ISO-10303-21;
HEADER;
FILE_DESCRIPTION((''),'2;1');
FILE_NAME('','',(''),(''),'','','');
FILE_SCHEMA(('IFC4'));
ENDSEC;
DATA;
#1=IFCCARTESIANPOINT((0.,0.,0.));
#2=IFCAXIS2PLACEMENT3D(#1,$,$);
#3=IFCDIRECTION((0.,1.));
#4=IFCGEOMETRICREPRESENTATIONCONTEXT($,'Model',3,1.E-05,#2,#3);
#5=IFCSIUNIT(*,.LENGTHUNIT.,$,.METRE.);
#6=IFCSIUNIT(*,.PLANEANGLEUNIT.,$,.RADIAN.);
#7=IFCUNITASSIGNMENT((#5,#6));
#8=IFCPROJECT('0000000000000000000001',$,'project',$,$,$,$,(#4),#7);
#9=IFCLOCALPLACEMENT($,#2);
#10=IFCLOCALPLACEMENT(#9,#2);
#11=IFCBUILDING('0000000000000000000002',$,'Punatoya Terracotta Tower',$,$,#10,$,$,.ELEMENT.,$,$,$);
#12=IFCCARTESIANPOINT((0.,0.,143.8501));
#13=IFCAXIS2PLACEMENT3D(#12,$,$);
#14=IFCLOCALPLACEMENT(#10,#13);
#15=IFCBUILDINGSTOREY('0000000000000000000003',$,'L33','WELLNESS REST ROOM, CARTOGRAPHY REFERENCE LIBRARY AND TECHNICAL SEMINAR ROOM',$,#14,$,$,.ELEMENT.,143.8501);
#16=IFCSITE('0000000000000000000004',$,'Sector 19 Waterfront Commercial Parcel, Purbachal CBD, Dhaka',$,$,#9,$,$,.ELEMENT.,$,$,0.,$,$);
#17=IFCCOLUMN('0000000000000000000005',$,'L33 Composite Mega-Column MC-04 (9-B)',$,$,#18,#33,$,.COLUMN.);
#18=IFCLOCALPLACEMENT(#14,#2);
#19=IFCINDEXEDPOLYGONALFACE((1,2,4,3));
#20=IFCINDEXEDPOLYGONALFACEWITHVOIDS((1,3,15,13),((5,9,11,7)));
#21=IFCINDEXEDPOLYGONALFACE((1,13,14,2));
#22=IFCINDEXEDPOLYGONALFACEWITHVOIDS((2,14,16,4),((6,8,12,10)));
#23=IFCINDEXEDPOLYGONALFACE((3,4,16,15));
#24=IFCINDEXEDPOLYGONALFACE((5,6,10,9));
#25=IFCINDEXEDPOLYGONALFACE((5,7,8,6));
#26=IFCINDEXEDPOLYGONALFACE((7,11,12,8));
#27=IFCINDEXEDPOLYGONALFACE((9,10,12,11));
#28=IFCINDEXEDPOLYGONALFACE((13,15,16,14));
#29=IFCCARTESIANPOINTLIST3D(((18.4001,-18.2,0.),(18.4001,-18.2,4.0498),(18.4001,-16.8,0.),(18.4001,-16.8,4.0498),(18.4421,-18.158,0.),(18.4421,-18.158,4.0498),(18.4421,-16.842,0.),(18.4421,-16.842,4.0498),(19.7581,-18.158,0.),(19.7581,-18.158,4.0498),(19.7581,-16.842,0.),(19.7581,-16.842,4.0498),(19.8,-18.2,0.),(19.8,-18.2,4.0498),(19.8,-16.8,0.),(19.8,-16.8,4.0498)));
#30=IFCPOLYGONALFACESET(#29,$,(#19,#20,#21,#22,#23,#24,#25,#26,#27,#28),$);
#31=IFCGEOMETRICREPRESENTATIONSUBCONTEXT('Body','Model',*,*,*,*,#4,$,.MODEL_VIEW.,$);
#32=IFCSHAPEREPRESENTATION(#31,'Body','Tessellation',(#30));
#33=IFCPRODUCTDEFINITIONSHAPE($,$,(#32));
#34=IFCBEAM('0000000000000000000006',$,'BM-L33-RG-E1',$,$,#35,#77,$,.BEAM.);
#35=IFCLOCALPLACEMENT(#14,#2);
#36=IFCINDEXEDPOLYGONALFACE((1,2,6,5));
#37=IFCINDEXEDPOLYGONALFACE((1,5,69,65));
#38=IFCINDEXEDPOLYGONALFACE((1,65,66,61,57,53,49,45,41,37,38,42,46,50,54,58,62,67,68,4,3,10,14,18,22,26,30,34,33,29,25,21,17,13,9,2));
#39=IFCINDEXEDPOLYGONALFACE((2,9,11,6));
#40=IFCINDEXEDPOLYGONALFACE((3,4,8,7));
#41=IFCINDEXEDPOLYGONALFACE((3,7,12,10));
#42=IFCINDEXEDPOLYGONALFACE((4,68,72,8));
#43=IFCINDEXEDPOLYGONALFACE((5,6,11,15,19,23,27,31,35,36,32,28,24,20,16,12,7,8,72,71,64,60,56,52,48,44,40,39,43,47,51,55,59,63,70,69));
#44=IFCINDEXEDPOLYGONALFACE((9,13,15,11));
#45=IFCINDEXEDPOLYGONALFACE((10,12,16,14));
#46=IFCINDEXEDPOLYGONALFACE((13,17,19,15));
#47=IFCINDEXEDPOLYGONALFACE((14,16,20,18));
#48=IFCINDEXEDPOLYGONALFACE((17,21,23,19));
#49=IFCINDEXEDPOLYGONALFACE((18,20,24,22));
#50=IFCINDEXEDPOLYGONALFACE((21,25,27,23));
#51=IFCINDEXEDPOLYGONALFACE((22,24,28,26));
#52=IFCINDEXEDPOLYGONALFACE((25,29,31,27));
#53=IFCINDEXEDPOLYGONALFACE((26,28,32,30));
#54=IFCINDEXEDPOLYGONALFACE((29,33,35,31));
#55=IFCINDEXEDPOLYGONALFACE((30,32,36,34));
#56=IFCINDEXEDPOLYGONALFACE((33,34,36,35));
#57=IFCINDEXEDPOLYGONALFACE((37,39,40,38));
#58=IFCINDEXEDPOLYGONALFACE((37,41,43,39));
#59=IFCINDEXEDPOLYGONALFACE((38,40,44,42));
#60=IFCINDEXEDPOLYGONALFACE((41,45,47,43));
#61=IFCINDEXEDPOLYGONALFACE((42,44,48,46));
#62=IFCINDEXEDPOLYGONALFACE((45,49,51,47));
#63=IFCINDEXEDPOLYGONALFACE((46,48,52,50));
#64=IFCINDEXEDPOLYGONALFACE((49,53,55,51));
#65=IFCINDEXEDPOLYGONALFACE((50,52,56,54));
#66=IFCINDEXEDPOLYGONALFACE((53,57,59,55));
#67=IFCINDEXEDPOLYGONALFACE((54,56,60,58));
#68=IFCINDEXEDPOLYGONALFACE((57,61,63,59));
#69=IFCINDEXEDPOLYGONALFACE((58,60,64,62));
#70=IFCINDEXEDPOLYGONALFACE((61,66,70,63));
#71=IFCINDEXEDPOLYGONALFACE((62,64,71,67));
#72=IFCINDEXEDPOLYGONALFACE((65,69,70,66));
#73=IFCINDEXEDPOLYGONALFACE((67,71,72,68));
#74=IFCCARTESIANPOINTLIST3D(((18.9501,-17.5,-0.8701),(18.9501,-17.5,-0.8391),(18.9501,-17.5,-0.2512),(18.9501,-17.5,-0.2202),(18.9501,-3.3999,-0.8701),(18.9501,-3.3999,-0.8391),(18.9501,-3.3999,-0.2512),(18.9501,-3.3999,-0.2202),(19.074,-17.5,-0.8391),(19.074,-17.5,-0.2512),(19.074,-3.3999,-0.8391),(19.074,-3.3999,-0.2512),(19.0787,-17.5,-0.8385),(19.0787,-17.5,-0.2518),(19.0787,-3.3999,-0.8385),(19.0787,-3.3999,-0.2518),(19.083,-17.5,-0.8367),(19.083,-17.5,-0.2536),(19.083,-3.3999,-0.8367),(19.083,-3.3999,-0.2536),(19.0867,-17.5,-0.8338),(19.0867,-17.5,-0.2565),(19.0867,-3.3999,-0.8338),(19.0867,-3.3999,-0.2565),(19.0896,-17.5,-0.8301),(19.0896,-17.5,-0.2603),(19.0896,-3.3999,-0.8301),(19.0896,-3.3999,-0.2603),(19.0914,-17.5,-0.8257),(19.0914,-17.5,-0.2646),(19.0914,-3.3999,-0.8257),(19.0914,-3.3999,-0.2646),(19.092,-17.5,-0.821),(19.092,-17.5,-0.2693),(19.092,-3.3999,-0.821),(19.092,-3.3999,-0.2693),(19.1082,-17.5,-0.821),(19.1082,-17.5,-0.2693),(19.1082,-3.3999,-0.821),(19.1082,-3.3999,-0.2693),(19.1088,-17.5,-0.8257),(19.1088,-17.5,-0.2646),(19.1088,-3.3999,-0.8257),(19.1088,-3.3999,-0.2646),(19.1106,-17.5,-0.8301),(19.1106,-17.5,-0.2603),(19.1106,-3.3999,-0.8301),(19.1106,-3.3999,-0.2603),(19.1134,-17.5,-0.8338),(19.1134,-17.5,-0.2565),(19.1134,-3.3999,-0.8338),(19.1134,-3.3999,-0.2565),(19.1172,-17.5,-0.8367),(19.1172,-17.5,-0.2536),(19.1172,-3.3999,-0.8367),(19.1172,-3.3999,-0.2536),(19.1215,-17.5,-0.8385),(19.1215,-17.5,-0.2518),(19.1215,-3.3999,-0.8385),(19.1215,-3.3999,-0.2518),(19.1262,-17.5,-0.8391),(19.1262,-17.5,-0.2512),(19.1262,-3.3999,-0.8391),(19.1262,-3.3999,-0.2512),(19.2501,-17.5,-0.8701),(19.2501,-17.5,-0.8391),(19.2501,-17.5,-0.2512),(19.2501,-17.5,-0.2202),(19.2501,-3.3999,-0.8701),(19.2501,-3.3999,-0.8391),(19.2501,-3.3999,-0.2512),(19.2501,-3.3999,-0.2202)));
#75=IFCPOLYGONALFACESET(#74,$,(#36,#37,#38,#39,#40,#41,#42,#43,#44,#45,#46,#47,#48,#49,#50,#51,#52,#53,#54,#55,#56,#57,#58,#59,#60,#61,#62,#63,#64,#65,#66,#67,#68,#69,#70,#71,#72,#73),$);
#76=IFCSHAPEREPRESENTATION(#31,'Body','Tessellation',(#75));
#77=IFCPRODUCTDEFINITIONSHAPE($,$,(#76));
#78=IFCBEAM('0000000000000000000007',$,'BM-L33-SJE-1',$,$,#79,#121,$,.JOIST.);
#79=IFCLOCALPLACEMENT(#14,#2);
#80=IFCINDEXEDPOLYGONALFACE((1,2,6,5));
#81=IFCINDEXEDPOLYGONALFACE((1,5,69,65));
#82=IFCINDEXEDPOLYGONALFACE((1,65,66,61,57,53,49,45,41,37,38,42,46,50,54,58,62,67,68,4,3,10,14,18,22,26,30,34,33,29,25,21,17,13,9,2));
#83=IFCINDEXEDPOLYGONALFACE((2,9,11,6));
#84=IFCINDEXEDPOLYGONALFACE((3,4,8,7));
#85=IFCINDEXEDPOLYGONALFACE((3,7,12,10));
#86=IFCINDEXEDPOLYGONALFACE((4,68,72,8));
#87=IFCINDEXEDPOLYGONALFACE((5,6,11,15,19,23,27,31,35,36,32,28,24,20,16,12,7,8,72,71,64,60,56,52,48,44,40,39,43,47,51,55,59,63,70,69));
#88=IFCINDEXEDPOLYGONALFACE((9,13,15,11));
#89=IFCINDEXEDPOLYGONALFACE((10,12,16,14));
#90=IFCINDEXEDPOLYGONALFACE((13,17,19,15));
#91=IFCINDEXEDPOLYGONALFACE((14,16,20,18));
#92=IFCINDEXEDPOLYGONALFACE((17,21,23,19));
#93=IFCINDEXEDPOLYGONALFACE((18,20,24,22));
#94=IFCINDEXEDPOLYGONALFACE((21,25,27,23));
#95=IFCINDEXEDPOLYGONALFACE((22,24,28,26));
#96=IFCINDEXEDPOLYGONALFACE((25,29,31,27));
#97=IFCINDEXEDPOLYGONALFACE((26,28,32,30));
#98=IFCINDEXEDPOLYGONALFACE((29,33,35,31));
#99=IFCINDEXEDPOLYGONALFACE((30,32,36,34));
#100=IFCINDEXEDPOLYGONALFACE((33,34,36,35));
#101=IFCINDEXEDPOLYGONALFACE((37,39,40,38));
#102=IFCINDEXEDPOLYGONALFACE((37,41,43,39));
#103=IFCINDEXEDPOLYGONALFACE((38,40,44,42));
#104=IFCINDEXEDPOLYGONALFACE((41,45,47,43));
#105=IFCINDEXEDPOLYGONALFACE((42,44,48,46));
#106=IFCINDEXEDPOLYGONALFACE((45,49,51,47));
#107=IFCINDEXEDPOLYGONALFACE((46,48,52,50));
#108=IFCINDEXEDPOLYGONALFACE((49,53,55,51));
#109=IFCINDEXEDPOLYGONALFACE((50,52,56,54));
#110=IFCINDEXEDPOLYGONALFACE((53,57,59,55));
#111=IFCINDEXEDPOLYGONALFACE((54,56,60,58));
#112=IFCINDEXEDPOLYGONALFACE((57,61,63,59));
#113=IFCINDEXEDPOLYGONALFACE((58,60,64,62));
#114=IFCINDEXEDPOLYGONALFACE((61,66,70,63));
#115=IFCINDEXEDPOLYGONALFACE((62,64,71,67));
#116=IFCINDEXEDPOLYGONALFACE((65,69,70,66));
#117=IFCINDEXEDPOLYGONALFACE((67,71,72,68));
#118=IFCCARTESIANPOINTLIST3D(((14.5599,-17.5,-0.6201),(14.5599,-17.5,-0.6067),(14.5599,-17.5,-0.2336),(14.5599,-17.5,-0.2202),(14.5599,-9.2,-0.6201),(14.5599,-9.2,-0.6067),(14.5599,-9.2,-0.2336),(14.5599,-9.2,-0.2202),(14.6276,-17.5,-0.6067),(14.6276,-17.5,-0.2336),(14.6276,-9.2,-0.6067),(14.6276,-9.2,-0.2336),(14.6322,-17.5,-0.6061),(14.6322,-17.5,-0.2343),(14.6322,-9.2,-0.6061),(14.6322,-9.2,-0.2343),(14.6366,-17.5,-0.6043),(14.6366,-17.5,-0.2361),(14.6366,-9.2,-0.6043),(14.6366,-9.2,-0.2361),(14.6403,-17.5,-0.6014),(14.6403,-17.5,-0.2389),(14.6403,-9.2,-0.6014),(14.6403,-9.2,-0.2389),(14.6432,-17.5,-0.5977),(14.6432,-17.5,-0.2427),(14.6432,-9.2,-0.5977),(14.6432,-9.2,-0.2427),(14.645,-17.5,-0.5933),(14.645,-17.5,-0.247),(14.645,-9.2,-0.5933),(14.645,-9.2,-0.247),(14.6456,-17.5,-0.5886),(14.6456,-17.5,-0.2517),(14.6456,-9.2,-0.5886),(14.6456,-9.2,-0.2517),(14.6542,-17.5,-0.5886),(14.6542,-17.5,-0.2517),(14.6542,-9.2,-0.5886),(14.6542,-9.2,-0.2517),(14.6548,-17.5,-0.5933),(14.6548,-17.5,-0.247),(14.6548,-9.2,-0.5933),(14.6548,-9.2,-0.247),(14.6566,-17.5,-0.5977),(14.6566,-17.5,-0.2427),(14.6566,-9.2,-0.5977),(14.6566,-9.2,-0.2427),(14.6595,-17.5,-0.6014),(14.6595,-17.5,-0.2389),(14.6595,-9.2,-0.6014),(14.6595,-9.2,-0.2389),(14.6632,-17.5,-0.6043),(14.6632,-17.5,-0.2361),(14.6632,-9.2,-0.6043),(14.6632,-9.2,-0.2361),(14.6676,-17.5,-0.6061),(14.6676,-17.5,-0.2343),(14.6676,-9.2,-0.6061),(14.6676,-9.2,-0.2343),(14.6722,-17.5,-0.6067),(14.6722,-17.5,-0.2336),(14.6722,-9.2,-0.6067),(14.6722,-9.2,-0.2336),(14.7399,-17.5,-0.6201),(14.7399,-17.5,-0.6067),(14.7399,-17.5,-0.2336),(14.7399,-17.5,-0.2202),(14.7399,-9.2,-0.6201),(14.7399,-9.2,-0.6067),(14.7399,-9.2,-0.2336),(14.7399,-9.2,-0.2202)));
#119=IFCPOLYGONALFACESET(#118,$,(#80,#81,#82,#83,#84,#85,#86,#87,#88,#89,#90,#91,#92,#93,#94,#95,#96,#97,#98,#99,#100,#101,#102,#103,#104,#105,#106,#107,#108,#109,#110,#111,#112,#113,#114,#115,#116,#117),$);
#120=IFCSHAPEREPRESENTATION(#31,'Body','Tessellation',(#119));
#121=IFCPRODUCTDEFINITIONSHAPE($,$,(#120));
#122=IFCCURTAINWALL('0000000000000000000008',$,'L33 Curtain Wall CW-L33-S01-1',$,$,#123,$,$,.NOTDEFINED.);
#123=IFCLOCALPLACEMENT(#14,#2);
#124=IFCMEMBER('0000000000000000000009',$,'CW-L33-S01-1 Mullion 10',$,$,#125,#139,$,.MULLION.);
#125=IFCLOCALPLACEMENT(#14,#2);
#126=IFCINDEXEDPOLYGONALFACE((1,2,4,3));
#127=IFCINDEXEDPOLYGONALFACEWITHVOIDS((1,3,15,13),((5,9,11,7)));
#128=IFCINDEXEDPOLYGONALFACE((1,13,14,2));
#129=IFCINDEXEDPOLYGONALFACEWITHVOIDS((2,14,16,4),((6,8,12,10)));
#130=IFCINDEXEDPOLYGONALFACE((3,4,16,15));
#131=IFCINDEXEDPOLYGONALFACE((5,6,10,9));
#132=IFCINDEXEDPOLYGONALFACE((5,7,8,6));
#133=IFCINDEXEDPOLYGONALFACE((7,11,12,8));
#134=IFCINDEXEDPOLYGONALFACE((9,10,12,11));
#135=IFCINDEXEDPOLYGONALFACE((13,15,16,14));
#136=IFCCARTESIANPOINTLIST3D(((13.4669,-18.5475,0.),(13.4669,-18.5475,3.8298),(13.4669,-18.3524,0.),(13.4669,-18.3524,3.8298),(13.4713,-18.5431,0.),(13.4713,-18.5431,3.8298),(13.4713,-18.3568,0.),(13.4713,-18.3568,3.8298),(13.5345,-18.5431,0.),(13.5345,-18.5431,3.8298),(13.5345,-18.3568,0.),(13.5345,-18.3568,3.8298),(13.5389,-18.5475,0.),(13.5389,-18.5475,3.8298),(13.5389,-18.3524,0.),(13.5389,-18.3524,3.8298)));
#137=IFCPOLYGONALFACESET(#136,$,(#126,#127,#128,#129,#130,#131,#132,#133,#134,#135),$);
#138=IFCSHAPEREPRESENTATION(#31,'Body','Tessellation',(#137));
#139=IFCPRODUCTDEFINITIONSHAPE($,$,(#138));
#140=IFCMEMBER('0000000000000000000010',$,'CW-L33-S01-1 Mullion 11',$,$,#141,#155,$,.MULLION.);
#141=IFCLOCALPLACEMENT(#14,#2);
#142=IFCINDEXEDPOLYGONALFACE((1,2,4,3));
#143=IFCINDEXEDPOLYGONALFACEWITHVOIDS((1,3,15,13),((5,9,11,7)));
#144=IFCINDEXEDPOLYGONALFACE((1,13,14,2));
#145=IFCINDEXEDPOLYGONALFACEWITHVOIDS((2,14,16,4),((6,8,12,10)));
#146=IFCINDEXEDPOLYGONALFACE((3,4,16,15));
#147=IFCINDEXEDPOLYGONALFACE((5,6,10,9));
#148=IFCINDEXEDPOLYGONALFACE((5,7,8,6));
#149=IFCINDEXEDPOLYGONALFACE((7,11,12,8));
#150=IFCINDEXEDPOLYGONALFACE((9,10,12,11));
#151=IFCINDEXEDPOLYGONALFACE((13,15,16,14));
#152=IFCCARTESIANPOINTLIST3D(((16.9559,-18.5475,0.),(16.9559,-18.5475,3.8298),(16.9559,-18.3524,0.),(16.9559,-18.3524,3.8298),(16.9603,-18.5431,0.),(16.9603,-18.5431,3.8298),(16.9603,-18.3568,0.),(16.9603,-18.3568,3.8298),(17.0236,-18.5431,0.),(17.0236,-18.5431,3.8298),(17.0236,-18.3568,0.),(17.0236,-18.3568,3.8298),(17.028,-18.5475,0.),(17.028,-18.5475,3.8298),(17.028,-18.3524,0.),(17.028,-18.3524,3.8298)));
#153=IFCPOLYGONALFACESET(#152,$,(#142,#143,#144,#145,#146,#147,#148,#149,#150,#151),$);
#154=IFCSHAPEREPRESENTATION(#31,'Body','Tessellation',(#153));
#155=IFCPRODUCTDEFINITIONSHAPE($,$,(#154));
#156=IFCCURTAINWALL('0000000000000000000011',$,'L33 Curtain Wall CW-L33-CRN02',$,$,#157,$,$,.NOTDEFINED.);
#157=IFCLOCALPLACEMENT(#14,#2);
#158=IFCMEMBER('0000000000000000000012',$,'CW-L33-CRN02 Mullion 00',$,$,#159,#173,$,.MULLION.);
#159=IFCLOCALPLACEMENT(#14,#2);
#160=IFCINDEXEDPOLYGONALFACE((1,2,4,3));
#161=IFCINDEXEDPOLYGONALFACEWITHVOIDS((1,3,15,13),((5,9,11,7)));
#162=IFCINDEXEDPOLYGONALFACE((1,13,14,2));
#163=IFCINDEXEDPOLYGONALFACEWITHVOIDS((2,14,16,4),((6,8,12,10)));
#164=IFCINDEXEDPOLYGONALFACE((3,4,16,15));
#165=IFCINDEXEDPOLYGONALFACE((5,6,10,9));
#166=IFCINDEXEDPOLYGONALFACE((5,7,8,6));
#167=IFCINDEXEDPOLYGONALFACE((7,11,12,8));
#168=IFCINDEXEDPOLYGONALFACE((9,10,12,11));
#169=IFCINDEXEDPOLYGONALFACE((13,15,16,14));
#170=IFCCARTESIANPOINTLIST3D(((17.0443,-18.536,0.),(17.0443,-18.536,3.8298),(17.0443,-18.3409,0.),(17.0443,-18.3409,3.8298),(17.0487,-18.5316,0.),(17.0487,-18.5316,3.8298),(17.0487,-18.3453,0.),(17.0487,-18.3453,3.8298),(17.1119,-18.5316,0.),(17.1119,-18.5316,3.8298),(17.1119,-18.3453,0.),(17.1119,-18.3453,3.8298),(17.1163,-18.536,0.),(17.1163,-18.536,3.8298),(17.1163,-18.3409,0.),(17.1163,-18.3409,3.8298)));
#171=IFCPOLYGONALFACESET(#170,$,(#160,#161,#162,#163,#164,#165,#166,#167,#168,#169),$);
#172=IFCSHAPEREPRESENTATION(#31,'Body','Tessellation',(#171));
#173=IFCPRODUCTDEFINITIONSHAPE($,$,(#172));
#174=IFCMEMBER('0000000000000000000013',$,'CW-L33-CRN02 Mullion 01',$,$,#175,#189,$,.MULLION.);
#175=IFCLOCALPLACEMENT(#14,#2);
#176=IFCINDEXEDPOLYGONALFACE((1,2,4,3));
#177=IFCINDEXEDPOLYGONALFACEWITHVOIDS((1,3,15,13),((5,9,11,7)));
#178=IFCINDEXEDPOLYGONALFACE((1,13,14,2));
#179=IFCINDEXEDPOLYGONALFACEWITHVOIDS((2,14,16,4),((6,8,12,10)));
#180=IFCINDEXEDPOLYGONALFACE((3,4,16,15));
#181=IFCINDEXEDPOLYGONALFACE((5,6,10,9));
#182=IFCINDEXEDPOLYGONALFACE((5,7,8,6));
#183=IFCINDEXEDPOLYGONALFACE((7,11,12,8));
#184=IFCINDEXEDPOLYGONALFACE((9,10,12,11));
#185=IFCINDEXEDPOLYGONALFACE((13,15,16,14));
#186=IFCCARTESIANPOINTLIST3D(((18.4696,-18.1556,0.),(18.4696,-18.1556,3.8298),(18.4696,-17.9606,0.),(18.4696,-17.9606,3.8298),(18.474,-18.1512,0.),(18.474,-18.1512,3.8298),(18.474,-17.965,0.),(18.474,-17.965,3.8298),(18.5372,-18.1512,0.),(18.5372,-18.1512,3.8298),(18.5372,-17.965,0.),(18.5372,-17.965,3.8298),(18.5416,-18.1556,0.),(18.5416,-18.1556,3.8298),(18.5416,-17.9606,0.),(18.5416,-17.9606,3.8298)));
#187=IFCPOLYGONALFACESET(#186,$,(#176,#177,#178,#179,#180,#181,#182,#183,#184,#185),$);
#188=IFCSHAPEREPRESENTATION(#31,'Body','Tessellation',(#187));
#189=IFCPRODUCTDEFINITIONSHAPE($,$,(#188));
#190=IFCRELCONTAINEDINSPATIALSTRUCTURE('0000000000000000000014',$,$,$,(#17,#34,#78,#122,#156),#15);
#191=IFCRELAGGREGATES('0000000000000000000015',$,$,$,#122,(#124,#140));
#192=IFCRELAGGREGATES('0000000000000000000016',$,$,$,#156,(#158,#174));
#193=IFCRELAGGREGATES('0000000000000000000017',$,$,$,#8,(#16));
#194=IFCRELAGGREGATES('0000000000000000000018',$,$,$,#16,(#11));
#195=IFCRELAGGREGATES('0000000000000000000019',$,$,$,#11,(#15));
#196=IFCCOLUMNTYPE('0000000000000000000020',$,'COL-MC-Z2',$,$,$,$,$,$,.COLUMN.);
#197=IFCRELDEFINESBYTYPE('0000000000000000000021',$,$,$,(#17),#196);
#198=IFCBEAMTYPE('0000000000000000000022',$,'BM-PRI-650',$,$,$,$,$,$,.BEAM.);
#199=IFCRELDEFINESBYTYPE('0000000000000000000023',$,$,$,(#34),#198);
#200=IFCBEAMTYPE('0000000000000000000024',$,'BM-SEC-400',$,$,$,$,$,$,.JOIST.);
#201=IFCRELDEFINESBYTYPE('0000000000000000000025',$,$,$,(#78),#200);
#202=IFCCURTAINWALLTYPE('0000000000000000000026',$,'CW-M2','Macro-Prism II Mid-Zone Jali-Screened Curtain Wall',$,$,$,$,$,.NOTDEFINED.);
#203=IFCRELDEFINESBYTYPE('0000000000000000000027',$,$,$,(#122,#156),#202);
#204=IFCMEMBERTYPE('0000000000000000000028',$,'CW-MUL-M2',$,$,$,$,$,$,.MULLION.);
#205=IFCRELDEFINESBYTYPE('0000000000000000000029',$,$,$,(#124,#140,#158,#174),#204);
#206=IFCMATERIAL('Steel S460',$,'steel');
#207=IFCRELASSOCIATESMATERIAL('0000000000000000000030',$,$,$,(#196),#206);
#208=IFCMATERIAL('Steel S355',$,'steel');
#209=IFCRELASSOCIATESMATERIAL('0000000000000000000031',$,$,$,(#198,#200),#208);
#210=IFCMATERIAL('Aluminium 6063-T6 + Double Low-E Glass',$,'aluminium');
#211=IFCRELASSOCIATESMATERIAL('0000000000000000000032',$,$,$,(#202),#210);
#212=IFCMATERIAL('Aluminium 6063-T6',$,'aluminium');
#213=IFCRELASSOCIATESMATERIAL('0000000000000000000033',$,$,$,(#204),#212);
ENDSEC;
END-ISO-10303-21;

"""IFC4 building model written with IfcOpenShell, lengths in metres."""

from ifc_helpers import new_model, si_unit, direction, frame, origin, origin_2d, place, context, subcontext, project, spatial, hollow_rectangle, i_section, extrude, material, material_profile, profile_set, type_object, element, aggregate, save


model = new_model("IFC4")

# Units and contexts
model_context = context("Model", 3, precision=1e-05, world=origin(), true_north=direction((0.0, 1.0)))
body_context = subcontext(model_context, "Body", "Model", "MODEL_VIEW")
ifc_project = project(units=[si_unit("LENGTHUNIT", "METRE"), si_unit("PLANEANGLEUNIT", "RADIAN")], contexts=[model_context])

# Site, building, storey
site_placement = place(None, origin())
site = spatial("IfcSite", under=ifc_project, at=site_placement, Name="Sector 19 Waterfront Commercial Parcel, Purbachal CBD, Dhaka", CompositionType="ELEMENT", RefElevation=0.0)
building_placement = place(site_placement, origin())
building = spatial("IfcBuilding", under=site, at=building_placement, Name="Punatoya Terracotta Tower", CompositionType="ELEMENT")
storey_placement = place(building_placement, frame((0.0, 0.0, 143.8501)))
storey = spatial("IfcBuildingStorey", under=building, at=storey_placement, Name="L33", Description="WELLNESS REST ROOM, CARTOGRAPHY REFERENCE LIBRARY AND TECHNICAL SEMINAR ROOM", CompositionType="ELEMENT", Elevation=143.8501)

# Column
ifc_material_1 = material(Name="Steel S460", Category="steel")
ifc_material_profile_1 = material_profile(ifc_material_1, hollow_rectangle(XDim=1.3999, YDim=1.3999, WallThickness=0.042, at=origin_2d()))
ifc_profile_set_1 = profile_set([ifc_material_profile_1], Name="Steel S460")
column_type = type_object("IfcColumnType", Name="COL-MC-Z2", PredefinedType="COLUMN", material=ifc_profile_set_1)
column_placement = place(storey_placement, frame((19.1001, -17.5, 0.0), z_axis=(0.0, 0.0, 1.0), x_axis=(1.0, 0.0, 0.0)))
element("IfcColumn", 1, at=column_placement, inside=storey, type_object=column_type, Name="L33 Composite Mega-Column MC-04 (9-B)", PredefinedType="COLUMN", context=body_context, shape_type="SweptSolid", body=[
    extrude(hollow_rectangle(XDim=1.3999, YDim=1.3999, WallThickness=0.042, at=origin_2d()), origin(), (0.0, 0.0, 1.0), 4.0498),
])

# Beams
ifc_material_2 = material(Name="Steel S355", Category="steel")
ifc_material_profile_2 = material_profile(ifc_material_2, i_section(OverallWidth=0.3, OverallDepth=0.6499, WebThickness=0.0161, FlangeThickness=0.031, FilletRadius=0.0181, at=origin_2d()))
ifc_profile_set_2 = profile_set([ifc_material_profile_2], Name="Steel S355")
beam_type_1 = type_object("IfcBeamType", Name="BM-PRI-650", PredefinedType="BEAM", material=ifc_profile_set_2)
beam_1_placement = place(storey_placement, frame((19.1001, -17.5, -0.5452), z_axis=(0.0, 1.0, 0.0), x_axis=(-1.0, 0.0, 0.0)))
element("IfcBeam", 2, at=beam_1_placement, inside=storey, type_object=beam_type_1, Name="BM-L33-RG-E1", PredefinedType="BEAM", context=body_context, shape_type="SweptSolid", body=[
    extrude(i_section(OverallWidth=0.3, OverallDepth=0.6499, WebThickness=0.0161, FlangeThickness=0.031, FilletRadius=0.0181, at=origin_2d()), origin(), (0.0, 0.0, 1.0), 14.1001),
])
ifc_material_profile_3 = material_profile(ifc_material_2, i_section(OverallWidth=0.1799, OverallDepth=0.3999, WebThickness=0.0085, FlangeThickness=0.0134, FilletRadius=0.0181, at=origin_2d()))
ifc_profile_set_3 = profile_set([ifc_material_profile_3], Name="Steel S355")
beam_type_2 = type_object("IfcBeamType", Name="BM-SEC-400", PredefinedType="JOIST", material=ifc_profile_set_3)
beam_2_placement = place(storey_placement, frame((14.6499, -17.5, -0.4202), z_axis=(0.0, 1.0, 0.0), x_axis=(-1.0, 0.0, 0.0)))
element("IfcBeam", 3, at=beam_2_placement, inside=storey, type_object=beam_type_2, Name="BM-L33-SJE-1", PredefinedType="JOIST", context=body_context, shape_type="SweptSolid", body=[
    extrude(i_section(OverallWidth=0.1799, OverallDepth=0.3999, WebThickness=0.0085, FlangeThickness=0.0134, FilletRadius=0.0181, at=origin_2d()), origin(), (0.0, 0.0, 1.0), 8.3),
])

# Curtain walls, members
ifc_material_3 = material(Name="Aluminium 6063-T6 + Double Low-E Glass", Category="aluminium")
curtain_wall_type = type_object("IfcCurtainWallType", Name="CW-M2", Description="Macro-Prism II Mid-Zone Jali-Screened Curtain Wall", PredefinedType="NOTDEFINED", material=ifc_material_3)
curtain_wall_1_placement = place(storey_placement, origin())
curtain_wall_1 = element("IfcCurtainWall", 4, at=curtain_wall_1_placement, inside=storey, type_object=curtain_wall_type, Name="L33 Curtain Wall CW-L33-S01-1", PredefinedType="NOTDEFINED")
ifc_material_4 = material(Name="Aluminium 6063-T6", Category="aluminium")
ifc_material_profile_4 = material_profile(ifc_material_4, hollow_rectangle(XDim=0.072, YDim=0.1951, WallThickness=0.0044, at=origin_2d()))
ifc_profile_set_4 = profile_set([ifc_material_profile_4], Name="Aluminium 6063-T6")
member_type_1 = type_object("IfcMemberType", Name="CW-MUL-M2", PredefinedType="MULLION", material=ifc_profile_set_4)
member_1_placement = place(storey_placement, frame((13.5029, -18.45, 0.0), z_axis=(0.0, 0.0, 1.0), x_axis=(1.0, 0.0, 0.0)))
member_1 = element("IfcMember", 5, at=member_1_placement, type_object=member_type_1, Name="CW-L33-S01-1 Mullion 10", PredefinedType="MULLION", context=body_context, shape_type="SweptSolid", body=[
    extrude(hollow_rectangle(XDim=0.072, YDim=0.1951, WallThickness=0.0044, at=origin_2d()), origin(), (0.0, 0.0, 1.0), 3.8298),
])
member_2_placement = place(storey_placement, frame((16.9919, -18.45, 0.0), z_axis=(0.0, 0.0, 1.0), x_axis=(1.0, 0.0, 0.0)))
member_2 = element("IfcMember", 6, at=member_2_placement, type_object=member_type_1, Name="CW-L33-S01-1 Mullion 11", PredefinedType="MULLION", context=body_context, shape_type="SweptSolid", body=[
    extrude(hollow_rectangle(XDim=0.072, YDim=0.1951, WallThickness=0.0044, at=origin_2d()), origin(), (0.0, 0.0, 1.0), 3.8298),
])
curtain_wall_2_placement = place(storey_placement, origin())
curtain_wall_2 = element("IfcCurtainWall", 7, at=curtain_wall_2_placement, inside=storey, type_object=curtain_wall_type, Name="L33 Curtain Wall CW-L33-CRN02", PredefinedType="NOTDEFINED")
member_3_placement = place(storey_placement, frame((17.0803, -18.4385, 0.0), z_axis=(0.0, 0.0, 1.0), x_axis=(1.0, 0.0, 0.0)))
member_3 = element("IfcMember", 8, at=member_3_placement, type_object=member_type_1, Name="CW-L33-CRN02 Mullion 00", PredefinedType="MULLION", context=body_context, shape_type="SweptSolid", body=[
    extrude(hollow_rectangle(XDim=0.072, YDim=0.1951, WallThickness=0.0044, at=origin_2d()), origin(), (0.0, 0.0, 1.0), 3.8298),
])
member_4_placement = place(storey_placement, frame((18.5056, -18.0581, 0.0), z_axis=(0.0, 0.0, 1.0), x_axis=(1.0, 0.0, 0.0)))
member_4 = element("IfcMember", 9, at=member_4_placement, type_object=member_type_1, Name="CW-L33-CRN02 Mullion 01", PredefinedType="MULLION", context=body_context, shape_type="SweptSolid", body=[
    extrude(hollow_rectangle(XDim=0.072, YDim=0.1951, WallThickness=0.0044, at=origin_2d()), origin(), (0.0, 0.0, 1.0), 3.8298),
])

aggregate(curtain_wall_1, [member_1, member_2])
aggregate(curtain_wall_2, [member_3, member_4])

save(model, "model.ifc")
